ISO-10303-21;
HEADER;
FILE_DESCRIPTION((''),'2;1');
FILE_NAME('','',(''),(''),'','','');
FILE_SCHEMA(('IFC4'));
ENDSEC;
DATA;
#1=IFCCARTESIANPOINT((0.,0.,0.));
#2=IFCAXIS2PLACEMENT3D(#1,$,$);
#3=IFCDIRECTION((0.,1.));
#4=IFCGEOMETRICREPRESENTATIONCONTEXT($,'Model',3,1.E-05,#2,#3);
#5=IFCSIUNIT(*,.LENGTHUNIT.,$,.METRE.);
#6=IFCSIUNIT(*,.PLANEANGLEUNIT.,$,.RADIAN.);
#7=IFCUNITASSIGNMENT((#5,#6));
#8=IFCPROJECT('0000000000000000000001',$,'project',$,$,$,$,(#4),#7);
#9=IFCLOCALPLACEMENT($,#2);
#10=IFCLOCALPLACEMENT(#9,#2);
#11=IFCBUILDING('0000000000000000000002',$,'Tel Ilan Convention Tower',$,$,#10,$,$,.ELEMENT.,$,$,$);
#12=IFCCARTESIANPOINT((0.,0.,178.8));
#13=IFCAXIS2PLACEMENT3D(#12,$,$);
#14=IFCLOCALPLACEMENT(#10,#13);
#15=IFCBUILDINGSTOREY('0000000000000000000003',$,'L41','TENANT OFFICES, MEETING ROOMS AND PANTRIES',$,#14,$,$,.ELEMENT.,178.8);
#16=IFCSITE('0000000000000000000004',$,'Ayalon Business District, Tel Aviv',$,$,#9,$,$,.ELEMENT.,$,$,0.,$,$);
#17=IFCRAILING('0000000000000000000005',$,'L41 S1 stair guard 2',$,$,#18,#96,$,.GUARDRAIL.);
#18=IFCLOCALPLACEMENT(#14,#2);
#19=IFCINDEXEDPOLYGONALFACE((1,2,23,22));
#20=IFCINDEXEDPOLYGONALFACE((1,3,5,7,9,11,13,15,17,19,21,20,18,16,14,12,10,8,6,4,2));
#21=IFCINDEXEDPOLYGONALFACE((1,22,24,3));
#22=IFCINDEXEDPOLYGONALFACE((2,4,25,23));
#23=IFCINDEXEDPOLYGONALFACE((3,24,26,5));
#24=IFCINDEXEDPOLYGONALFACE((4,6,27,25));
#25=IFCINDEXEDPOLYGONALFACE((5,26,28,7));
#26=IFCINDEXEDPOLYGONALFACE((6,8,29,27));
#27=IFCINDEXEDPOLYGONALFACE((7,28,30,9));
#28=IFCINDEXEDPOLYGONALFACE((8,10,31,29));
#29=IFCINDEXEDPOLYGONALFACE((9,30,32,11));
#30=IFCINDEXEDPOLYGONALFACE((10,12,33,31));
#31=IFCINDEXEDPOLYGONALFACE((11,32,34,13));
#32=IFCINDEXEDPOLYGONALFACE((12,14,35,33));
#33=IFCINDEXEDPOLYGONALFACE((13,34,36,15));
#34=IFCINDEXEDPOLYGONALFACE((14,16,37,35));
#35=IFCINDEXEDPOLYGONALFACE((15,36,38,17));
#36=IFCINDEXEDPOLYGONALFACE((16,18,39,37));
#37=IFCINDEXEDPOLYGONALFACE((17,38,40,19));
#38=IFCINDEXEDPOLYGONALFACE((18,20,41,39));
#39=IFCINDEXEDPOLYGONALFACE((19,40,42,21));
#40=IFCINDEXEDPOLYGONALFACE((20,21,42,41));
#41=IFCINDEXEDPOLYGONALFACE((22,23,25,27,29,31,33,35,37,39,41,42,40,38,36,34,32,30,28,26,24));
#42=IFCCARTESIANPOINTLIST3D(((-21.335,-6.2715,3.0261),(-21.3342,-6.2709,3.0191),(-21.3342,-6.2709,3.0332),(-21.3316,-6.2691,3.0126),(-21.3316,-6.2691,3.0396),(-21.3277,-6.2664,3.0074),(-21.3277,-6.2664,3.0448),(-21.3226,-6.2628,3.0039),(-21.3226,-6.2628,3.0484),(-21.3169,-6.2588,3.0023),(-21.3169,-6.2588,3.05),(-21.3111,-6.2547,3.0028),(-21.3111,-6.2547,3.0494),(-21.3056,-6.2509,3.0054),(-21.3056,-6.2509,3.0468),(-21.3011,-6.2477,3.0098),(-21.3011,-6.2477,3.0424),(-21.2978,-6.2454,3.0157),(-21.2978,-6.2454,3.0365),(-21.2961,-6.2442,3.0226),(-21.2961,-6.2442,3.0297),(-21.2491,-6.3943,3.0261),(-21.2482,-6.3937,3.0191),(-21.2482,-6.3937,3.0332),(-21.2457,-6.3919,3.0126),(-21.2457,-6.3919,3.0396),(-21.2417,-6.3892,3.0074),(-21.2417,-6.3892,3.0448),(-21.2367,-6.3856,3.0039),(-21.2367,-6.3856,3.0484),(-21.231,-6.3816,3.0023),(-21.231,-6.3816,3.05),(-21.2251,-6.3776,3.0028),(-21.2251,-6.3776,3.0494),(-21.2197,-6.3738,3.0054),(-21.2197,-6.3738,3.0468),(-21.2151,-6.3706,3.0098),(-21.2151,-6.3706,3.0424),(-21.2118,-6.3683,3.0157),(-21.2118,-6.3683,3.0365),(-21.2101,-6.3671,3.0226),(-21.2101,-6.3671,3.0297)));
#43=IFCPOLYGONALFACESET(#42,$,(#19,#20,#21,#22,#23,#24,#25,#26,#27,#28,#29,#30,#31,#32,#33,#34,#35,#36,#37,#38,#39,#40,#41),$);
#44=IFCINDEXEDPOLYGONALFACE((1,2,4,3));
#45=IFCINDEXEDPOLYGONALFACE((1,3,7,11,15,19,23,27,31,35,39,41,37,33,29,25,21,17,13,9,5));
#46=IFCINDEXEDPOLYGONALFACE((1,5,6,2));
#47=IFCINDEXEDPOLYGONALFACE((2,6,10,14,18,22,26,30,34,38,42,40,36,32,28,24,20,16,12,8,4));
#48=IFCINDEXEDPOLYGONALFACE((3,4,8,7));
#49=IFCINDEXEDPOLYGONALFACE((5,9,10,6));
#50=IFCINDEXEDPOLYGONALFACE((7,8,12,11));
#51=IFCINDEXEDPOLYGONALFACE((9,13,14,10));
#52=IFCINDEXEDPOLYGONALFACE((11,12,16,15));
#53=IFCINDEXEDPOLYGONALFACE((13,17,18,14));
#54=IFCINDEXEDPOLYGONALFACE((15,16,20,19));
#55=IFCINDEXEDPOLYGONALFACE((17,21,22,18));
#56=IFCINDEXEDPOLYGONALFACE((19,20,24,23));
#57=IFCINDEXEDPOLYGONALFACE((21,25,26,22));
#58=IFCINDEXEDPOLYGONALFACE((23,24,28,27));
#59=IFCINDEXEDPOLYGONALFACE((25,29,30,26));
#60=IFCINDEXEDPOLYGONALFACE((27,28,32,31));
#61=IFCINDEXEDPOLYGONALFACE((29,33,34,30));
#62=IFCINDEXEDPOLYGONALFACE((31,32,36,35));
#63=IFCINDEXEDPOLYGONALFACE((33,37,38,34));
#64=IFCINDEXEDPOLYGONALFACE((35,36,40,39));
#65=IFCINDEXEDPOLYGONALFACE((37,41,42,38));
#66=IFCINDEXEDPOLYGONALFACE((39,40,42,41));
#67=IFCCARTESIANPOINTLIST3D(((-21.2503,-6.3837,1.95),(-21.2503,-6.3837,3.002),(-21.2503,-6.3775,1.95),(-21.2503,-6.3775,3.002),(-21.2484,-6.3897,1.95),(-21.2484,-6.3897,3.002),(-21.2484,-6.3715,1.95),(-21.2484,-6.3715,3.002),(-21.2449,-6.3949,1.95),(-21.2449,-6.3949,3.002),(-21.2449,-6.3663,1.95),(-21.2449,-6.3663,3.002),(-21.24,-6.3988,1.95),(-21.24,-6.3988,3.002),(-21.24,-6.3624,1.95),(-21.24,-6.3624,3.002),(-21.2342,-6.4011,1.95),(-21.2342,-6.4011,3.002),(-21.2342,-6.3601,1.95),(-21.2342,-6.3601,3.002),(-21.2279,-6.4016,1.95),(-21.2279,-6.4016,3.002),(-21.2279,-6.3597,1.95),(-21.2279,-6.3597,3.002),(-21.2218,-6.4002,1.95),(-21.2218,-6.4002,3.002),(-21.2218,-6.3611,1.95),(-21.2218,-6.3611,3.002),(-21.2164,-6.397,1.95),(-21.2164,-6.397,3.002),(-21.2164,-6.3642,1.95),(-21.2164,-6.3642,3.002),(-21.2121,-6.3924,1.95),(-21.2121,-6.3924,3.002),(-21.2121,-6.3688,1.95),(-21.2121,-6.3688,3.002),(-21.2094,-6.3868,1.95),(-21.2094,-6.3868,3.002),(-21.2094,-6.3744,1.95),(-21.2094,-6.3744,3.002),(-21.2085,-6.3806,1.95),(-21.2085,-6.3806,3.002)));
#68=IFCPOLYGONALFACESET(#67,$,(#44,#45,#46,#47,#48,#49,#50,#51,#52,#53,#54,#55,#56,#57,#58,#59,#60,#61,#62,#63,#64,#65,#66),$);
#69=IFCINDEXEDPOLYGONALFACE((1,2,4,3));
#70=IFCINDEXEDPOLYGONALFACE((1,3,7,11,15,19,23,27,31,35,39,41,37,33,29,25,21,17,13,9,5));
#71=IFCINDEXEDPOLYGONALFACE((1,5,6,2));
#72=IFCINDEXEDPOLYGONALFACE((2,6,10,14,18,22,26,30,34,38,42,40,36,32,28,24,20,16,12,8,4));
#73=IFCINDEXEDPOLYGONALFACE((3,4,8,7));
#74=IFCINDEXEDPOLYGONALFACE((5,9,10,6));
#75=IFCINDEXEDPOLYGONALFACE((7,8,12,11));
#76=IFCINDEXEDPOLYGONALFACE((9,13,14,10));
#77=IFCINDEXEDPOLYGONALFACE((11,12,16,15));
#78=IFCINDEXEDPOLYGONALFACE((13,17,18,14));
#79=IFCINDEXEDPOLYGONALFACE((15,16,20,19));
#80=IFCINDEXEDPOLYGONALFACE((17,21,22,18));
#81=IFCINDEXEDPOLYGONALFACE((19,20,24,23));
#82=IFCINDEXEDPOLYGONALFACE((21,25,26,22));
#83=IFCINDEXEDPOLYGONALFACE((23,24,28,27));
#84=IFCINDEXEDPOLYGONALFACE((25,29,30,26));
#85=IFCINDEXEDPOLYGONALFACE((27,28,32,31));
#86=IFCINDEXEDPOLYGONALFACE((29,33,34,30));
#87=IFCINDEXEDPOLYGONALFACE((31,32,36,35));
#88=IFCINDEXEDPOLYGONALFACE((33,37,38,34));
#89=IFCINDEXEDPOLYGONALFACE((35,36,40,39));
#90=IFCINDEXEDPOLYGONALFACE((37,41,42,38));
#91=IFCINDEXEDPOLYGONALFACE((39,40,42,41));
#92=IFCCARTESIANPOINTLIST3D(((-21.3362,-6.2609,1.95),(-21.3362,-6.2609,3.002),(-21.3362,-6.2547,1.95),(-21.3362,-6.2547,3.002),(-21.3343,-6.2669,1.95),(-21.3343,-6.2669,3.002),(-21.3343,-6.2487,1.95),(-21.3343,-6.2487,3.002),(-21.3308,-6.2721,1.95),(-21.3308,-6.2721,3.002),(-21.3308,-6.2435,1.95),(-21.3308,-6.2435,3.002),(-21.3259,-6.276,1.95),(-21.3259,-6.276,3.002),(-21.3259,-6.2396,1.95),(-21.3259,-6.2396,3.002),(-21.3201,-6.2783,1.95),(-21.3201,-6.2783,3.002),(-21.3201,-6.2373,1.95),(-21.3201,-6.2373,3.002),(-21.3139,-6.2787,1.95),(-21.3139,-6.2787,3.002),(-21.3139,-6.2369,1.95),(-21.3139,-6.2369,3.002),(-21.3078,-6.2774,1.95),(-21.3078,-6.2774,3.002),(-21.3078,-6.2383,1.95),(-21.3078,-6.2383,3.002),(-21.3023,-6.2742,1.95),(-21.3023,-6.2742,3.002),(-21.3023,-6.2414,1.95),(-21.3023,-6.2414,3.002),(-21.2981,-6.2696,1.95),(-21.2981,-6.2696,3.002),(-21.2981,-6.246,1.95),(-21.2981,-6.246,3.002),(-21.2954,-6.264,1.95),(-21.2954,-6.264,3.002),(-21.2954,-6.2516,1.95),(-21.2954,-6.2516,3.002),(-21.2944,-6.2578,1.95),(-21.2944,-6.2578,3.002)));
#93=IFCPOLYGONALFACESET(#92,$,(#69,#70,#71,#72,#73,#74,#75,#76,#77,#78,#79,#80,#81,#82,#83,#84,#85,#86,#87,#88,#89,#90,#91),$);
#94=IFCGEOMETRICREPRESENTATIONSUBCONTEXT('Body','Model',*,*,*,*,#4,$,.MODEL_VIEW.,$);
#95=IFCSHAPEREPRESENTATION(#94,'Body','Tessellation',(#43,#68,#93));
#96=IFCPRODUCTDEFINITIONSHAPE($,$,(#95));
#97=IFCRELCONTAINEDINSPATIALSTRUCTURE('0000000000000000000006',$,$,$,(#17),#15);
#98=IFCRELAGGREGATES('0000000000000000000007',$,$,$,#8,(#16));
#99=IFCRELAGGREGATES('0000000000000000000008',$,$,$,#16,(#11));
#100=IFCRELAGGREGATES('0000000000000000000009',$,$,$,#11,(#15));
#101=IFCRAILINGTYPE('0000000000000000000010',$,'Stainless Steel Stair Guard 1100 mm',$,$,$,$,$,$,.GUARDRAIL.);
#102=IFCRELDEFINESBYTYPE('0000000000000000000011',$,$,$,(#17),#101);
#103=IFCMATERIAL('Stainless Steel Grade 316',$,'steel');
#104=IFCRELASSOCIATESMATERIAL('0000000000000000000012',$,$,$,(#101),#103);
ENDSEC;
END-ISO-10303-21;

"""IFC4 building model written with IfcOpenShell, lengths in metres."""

from ifc_helpers import new_model, si_unit, direction, frame, origin, origin_2d, place, context, subcontext, project, spatial, circle, extrude, material, type_object, element, save


model = new_model("IFC4")

# Units and contexts
model_context = context("Model", 3, precision=1e-05, world=origin(), true_north=direction((0.0, 1.0)))
body_context = subcontext(model_context, "Body", "Model", "MODEL_VIEW")
ifc_project = project(units=[si_unit("LENGTHUNIT", "METRE"), si_unit("PLANEANGLEUNIT", "RADIAN")], contexts=[model_context])

# Site, building, storey
site_placement = place(None, origin())
site = spatial("IfcSite", under=ifc_project, at=site_placement, Name="Ayalon Business District, Tel Aviv", CompositionType="ELEMENT", RefElevation=0.0)
building_placement = place(site_placement, origin())
building = spatial("IfcBuilding", under=site, at=building_placement, Name="Tel Ilan Convention Tower", CompositionType="ELEMENT")
storey_placement = place(building_placement, frame((0.0, 0.0, 178.8)))
storey = spatial("IfcBuildingStorey", under=building, at=storey_placement, Name="L41", Description="TENANT OFFICES, MEETING ROOMS AND PANTRIES", CompositionType="ELEMENT", Elevation=178.8)

# Railing
ifc_material_1 = material(Name="Stainless Steel Grade 316", Category="steel")
railing_type_1 = type_object("IfcRailingType", Name="Stainless Steel Stair Guard 1100 mm", PredefinedType="GUARDRAIL", material=ifc_material_1)
railing_1_placement = place(storey_placement, frame((-21.2295, -6.3806, 1.95)))
element("IfcRailing", 1, at=railing_1_placement, inside=storey, type_object=railing_type_1, Name="L41 S1 stair guard 2", PredefinedType="GUARDRAIL", context=body_context, shape_type="SweptSolid", body=[
    extrude(circle(Radius=0.0239, at=origin_2d()), frame((0.0, 0.0, 1.0762), z_axis=(-0.573353, 0.819308, 0.0), x_axis=(-0.819308, -0.573353, 0.0)), (0.0, 0.0, 1.0), 0.1499),
    extrude(circle(Radius=0.021, at=origin_2d()), origin(), (0.0, 0.0, 1.0), 1.052),
    extrude(circle(Radius=0.021, at=origin_2d()), frame((-0.0859, 0.1228, 0.0)), (0.0, 0.0, 1.0), 1.052),
])

save(model, "model.ifc")
